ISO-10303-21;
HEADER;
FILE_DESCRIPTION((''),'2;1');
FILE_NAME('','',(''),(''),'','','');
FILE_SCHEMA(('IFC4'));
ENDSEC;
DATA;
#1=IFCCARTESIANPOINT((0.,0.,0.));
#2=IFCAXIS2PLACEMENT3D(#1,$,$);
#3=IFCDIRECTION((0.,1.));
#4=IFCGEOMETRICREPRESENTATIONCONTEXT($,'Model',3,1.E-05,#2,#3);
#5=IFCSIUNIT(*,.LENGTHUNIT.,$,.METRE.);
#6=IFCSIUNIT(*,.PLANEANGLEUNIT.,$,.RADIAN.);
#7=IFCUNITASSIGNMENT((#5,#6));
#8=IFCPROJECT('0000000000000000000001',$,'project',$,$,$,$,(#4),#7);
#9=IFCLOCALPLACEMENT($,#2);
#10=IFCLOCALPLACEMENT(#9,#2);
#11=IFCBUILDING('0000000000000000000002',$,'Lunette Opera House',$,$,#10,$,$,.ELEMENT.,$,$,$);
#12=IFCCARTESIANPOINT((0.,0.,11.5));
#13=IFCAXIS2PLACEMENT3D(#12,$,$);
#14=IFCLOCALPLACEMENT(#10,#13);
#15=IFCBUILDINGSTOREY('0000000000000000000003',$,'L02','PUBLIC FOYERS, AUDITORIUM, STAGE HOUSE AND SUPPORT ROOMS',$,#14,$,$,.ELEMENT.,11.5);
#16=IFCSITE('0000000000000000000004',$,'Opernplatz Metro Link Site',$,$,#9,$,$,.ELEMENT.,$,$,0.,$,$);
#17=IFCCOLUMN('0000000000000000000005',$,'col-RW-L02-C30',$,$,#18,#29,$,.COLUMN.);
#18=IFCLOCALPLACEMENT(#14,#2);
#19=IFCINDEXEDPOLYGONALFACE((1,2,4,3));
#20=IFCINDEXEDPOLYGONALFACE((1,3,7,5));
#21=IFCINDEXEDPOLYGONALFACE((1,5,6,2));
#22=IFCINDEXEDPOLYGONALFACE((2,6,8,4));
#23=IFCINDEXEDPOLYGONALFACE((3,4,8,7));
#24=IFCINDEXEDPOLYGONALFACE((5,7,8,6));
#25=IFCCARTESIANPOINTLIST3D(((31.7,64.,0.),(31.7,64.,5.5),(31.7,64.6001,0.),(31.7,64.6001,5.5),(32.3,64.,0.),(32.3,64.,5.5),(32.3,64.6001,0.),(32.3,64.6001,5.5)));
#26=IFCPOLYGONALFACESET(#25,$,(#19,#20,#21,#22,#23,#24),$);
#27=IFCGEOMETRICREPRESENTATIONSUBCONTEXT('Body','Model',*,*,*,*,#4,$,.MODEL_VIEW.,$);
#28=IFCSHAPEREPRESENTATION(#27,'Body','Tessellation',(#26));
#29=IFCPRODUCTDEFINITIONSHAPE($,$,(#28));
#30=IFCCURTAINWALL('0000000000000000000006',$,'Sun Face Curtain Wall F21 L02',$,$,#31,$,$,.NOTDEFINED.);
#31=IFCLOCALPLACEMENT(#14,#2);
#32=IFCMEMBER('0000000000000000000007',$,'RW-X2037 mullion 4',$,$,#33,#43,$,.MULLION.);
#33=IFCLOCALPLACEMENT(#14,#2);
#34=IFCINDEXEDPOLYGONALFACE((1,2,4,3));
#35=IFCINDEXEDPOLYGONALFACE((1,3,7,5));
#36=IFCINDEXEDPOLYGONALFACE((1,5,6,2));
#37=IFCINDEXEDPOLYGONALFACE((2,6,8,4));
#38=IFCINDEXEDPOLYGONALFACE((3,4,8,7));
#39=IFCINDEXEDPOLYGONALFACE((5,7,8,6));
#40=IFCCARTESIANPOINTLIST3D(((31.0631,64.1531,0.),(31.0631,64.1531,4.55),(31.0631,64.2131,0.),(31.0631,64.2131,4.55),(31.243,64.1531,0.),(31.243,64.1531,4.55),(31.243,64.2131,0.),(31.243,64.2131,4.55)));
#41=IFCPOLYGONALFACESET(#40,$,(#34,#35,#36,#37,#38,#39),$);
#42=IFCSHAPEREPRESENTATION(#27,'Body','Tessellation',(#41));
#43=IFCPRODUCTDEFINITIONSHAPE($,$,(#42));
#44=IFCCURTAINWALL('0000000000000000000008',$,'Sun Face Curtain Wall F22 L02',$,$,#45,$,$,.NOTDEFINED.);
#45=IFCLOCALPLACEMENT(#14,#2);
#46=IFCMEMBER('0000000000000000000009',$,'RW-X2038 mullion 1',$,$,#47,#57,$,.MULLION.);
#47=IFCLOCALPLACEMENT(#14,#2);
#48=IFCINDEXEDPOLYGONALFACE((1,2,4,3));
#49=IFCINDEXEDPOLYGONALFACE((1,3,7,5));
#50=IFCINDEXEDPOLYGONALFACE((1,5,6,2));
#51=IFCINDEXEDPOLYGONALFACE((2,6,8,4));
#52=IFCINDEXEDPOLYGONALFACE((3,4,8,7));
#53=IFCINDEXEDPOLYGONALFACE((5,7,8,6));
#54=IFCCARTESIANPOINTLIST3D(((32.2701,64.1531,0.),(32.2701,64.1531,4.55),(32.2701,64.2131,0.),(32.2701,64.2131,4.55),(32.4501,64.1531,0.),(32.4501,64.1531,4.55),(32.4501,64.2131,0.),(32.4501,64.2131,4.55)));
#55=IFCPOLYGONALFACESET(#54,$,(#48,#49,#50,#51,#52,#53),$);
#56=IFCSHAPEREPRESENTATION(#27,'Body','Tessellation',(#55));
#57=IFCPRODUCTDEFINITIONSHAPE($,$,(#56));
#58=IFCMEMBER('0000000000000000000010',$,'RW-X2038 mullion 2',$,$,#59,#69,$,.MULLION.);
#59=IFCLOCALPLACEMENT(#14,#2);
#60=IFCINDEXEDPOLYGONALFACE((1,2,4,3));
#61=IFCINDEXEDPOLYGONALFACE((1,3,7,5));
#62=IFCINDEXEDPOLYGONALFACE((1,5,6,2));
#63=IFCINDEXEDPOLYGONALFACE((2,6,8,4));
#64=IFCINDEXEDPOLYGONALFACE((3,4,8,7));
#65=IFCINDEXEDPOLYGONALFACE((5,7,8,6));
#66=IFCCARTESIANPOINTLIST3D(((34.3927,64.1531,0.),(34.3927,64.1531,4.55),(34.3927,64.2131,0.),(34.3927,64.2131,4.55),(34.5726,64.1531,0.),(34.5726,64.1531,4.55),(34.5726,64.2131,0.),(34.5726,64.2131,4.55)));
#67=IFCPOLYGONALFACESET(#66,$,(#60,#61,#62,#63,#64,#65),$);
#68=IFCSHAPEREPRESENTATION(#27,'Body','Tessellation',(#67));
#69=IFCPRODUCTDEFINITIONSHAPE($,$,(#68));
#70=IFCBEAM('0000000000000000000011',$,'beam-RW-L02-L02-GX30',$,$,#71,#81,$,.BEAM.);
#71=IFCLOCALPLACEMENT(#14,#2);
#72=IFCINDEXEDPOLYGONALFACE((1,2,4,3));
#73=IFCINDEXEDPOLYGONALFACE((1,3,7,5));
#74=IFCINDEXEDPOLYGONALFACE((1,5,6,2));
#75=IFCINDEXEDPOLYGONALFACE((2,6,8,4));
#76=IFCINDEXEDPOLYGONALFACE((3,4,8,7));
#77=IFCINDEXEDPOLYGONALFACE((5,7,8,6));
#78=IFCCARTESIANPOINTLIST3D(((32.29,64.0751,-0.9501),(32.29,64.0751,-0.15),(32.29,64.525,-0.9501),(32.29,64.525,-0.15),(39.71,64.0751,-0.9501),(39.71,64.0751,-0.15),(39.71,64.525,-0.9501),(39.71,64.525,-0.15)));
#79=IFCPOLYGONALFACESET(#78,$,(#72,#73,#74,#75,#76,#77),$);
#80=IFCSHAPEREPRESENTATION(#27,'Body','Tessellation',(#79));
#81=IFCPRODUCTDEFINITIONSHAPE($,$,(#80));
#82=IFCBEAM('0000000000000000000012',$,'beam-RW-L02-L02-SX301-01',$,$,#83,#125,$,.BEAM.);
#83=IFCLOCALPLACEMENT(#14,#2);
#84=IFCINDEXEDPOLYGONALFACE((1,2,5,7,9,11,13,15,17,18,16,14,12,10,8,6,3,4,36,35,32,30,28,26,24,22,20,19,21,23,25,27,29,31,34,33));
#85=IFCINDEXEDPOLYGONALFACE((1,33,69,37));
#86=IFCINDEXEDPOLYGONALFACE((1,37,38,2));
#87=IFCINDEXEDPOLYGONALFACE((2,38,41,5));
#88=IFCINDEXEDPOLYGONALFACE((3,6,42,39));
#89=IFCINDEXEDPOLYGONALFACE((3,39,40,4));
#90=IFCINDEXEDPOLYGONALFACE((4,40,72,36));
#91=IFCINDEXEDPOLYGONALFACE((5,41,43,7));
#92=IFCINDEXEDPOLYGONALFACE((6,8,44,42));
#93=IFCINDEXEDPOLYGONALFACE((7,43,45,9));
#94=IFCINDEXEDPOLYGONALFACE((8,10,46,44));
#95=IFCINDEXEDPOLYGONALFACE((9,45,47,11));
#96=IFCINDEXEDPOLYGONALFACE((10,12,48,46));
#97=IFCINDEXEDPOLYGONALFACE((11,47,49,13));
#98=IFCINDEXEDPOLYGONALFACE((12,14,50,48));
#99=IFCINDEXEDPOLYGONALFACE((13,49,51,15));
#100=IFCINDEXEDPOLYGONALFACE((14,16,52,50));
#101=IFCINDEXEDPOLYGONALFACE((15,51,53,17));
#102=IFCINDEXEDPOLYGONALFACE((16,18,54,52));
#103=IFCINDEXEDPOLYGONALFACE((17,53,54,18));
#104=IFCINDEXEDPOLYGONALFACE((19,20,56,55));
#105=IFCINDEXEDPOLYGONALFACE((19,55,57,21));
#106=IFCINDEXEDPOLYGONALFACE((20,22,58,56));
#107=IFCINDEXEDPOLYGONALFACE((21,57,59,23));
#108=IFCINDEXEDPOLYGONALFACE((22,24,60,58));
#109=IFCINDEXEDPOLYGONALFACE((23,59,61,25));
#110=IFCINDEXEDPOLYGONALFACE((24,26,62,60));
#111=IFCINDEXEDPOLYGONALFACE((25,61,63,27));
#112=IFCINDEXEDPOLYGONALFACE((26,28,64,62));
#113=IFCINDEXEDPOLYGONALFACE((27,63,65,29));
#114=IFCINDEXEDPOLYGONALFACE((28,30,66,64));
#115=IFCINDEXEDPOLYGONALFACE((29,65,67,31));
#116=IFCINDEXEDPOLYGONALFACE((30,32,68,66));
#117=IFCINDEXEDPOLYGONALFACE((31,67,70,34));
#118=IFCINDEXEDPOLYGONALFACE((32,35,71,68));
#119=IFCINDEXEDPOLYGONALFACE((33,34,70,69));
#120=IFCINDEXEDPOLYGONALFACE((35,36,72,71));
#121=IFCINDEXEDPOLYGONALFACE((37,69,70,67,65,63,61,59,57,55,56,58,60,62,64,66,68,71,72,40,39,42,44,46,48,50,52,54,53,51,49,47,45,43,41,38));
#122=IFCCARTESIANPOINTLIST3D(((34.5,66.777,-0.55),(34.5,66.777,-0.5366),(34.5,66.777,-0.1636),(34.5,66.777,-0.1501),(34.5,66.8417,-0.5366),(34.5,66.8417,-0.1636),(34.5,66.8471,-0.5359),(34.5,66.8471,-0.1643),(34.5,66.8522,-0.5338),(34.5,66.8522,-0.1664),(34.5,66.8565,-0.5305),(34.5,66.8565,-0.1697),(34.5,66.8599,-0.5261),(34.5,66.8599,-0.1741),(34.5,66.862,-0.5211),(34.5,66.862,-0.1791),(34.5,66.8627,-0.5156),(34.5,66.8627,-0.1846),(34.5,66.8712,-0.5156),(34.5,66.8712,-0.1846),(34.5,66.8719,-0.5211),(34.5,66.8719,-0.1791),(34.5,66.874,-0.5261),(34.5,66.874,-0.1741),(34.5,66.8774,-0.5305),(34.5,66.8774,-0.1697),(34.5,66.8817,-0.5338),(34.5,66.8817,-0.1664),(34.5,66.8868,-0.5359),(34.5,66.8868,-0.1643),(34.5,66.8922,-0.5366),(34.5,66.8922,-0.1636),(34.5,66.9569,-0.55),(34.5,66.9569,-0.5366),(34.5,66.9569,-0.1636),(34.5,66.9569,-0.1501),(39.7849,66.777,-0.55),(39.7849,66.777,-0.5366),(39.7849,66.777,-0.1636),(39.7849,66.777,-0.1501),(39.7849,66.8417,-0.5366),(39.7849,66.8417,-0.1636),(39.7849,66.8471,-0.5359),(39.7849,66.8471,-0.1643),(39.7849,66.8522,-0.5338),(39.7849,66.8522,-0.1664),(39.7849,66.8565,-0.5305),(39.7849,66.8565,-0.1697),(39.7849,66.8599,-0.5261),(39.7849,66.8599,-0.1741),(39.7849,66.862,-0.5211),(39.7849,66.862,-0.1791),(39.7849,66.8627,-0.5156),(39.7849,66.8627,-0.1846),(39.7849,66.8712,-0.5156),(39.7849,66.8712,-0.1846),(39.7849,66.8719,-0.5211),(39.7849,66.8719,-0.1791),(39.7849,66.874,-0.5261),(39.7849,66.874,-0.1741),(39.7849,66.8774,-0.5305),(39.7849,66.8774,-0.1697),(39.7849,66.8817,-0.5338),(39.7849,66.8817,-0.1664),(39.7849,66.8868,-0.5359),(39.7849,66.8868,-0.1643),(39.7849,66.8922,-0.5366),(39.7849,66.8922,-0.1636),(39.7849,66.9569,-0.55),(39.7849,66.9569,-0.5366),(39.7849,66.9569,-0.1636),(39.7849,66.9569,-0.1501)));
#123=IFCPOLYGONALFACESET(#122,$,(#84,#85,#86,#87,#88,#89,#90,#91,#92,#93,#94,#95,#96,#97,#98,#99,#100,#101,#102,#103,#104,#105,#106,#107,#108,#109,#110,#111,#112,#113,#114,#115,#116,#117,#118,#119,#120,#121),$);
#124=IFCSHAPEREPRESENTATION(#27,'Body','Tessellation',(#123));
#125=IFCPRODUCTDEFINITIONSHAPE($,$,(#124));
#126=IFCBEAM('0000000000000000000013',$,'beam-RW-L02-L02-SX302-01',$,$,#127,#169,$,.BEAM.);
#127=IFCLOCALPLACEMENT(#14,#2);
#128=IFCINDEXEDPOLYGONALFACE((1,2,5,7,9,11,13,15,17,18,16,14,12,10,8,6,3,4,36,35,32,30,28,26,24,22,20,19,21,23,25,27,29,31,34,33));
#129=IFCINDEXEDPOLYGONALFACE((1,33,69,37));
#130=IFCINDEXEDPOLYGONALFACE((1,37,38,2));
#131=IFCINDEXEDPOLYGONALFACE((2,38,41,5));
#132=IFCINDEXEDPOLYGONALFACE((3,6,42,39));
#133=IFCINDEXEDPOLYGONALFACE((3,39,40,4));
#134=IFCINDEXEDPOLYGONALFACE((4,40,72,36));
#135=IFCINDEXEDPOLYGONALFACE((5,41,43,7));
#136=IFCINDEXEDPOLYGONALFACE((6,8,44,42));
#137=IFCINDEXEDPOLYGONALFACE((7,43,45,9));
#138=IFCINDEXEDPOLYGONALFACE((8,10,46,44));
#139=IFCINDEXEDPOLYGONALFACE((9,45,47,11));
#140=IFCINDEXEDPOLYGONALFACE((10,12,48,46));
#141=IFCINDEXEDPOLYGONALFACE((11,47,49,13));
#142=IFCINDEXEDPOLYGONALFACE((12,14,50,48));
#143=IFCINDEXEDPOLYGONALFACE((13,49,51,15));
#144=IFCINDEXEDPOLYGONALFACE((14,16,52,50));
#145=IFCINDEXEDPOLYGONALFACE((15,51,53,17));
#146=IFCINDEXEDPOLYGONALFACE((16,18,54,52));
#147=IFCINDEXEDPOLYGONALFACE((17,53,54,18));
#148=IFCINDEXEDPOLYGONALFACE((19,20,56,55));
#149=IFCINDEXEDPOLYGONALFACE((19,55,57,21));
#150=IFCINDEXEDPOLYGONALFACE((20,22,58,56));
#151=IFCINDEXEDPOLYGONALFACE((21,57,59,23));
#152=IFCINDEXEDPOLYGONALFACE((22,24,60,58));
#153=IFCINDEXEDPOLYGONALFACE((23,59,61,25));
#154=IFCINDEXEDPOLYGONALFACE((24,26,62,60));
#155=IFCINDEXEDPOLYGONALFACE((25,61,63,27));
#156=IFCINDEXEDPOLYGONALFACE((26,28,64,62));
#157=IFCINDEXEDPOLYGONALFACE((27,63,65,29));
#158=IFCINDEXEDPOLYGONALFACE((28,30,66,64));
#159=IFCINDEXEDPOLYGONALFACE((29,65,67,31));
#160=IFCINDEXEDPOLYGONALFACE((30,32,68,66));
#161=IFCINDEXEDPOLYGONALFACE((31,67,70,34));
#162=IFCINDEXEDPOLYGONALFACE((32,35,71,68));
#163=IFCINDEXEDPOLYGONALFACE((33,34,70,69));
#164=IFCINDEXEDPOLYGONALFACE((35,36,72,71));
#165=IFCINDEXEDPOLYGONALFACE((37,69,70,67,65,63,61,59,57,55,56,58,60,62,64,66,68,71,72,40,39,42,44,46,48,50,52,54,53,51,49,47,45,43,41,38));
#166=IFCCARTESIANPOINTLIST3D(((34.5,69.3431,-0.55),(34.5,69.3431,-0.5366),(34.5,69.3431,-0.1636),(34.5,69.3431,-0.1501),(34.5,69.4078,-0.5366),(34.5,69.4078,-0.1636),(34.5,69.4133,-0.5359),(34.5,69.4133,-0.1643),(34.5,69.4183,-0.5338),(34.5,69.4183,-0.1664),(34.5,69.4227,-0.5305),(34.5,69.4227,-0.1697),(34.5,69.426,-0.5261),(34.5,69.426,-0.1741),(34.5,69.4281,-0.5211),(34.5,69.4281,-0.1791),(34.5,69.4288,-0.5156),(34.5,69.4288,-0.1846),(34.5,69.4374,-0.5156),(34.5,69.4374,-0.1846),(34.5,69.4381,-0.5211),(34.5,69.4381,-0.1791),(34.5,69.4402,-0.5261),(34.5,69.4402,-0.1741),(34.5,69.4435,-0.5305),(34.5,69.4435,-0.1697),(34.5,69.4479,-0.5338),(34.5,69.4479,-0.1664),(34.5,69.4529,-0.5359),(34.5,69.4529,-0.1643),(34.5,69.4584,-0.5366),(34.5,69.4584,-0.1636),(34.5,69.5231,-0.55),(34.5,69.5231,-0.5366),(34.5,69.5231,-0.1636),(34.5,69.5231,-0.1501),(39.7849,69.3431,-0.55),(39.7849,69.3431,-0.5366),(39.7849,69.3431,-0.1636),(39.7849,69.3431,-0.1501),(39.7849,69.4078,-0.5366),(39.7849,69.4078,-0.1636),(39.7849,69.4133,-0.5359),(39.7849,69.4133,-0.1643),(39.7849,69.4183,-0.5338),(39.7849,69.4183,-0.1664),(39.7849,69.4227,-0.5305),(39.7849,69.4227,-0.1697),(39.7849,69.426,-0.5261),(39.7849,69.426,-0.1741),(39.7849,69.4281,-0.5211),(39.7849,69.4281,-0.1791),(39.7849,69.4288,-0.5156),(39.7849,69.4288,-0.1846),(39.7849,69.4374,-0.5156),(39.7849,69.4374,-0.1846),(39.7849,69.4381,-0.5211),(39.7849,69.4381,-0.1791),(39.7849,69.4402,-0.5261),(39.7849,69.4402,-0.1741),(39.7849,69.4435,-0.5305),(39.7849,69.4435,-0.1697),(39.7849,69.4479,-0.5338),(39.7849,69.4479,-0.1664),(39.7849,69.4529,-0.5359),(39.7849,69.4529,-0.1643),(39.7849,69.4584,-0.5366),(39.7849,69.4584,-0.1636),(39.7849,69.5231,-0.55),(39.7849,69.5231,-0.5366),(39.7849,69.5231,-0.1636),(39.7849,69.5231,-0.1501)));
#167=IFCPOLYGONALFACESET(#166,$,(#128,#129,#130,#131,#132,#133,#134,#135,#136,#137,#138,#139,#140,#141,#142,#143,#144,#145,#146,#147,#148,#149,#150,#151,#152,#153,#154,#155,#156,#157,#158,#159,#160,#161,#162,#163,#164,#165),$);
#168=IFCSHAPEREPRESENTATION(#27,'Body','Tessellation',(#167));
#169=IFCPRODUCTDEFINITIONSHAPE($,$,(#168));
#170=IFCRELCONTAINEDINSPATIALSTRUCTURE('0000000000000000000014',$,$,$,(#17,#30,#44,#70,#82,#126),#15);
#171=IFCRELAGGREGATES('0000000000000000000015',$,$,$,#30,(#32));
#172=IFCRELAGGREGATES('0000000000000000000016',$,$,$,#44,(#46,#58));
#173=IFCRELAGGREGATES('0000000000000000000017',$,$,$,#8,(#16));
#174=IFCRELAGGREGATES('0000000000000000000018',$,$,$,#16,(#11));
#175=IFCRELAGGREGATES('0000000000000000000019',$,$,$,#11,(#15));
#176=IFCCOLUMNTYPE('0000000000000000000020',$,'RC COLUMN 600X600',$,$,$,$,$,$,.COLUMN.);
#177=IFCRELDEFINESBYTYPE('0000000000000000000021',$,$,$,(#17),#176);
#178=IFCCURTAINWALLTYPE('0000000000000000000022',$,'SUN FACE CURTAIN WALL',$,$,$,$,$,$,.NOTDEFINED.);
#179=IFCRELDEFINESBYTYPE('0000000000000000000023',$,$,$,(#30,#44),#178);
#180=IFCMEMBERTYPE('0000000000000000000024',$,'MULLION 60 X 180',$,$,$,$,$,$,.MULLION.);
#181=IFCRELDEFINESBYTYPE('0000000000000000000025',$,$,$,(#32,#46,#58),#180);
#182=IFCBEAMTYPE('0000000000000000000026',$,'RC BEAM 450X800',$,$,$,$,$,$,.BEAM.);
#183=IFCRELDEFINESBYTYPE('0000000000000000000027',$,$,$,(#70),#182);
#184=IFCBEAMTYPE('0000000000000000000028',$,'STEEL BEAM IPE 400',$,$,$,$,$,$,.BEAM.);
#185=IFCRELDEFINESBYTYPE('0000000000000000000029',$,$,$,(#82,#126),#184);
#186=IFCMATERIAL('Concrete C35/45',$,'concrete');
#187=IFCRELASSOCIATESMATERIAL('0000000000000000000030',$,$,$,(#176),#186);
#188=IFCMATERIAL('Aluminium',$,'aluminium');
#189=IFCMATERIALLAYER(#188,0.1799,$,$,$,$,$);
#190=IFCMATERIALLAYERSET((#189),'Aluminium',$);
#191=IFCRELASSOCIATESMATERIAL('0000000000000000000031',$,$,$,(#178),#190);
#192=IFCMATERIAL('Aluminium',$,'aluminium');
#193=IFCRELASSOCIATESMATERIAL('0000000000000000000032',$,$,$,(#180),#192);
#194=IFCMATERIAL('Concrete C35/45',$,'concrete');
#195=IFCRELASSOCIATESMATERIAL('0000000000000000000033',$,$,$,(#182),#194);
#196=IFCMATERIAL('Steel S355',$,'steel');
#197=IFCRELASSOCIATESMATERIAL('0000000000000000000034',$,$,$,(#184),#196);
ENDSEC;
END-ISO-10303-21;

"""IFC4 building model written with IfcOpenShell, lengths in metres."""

from ifc_helpers import new_model, si_unit, direction, frame, origin, origin_2d, place, context, subcontext, project, spatial, rectangle, i_section, extrude, material, layer, layer_set, material_profile, profile_set, type_object, element, aggregate, save


model = new_model("IFC4")

# Units and contexts
model_context = context("Model", 3, precision=1e-05, world=origin(), true_north=direction((0.0, 1.0)))
body_context = subcontext(model_context, "Body", "Model", "MODEL_VIEW")
ifc_project = project(units=[si_unit("LENGTHUNIT", "METRE"), si_unit("PLANEANGLEUNIT", "RADIAN")], contexts=[model_context])

# Site, building, storey
site_placement = place(None, origin())
site = spatial("IfcSite", under=ifc_project, at=site_placement, Name="Opernplatz Metro Link Site", CompositionType="ELEMENT", RefElevation=0.0)
building_placement = place(site_placement, origin())
building = spatial("IfcBuilding", under=site, at=building_placement, Name="Lunette Opera House", CompositionType="ELEMENT")
storey_placement = place(building_placement, frame((0.0, 0.0, 11.5)))
storey = spatial("IfcBuildingStorey", under=building, at=storey_placement, Name="L02", Description="PUBLIC FOYERS, AUDITORIUM, STAGE HOUSE AND SUPPORT ROOMS", CompositionType="ELEMENT", Elevation=11.5)

# Column
ifc_material_1 = material(Name="Concrete C35/45", Category="concrete")
ifc_material_profile_1 = material_profile(ifc_material_1, rectangle(XDim=0.6001, YDim=0.6001, at=origin_2d()), Name="RC COLUMN 600X600")
ifc_profile_set_1 = profile_set([ifc_material_profile_1], Name="Concrete C35/45")
column_type = type_object("IfcColumnType", Name="RC COLUMN 600X600", PredefinedType="COLUMN", material=ifc_profile_set_1)
column_placement = place(storey_placement, frame((32.0, 64.3, 0.0), z_axis=(0.0, 0.0, 1.0), x_axis=(1.0, 0.0, 0.0)))
element("IfcColumn", 1, at=column_placement, inside=storey, type_object=column_type, Name="col-RW-L02-C30", PredefinedType="COLUMN", context=body_context, shape_type="SweptSolid", body=[
    extrude(rectangle(XDim=0.6001, YDim=0.6001, at=origin_2d()), origin(), (0.0, 0.0, 1.0), 5.5),
])

# Curtain wall, member
ifc_material_2 = material(Name="Aluminium", Category="aluminium")
ifc_layer_1 = layer(ifc_material_2, 0.1799)
ifc_layer_set_1 = layer_set([ifc_layer_1], Name="Aluminium")
curtain_wall_type = type_object("IfcCurtainWallType", Name="SUN FACE CURTAIN WALL", PredefinedType="NOTDEFINED", material=ifc_layer_set_1)
curtain_wall_1_placement = place(storey_placement, origin())
curtain_wall_1 = element("IfcCurtainWall", 2, at=curtain_wall_1_placement, inside=storey, type_object=curtain_wall_type, Name="Sun Face Curtain Wall F21 L02", PredefinedType="NOTDEFINED")
ifc_material_3 = material(Name="Aluminium", Category="aluminium")
ifc_material_profile_2 = material_profile(ifc_material_3, rectangle(XDim=0.0601, YDim=0.1799, at=origin_2d()), Name="MULLION 60 X 180")
ifc_profile_set_2 = profile_set([ifc_material_profile_2], Name="Aluminium")
member_type_1 = type_object("IfcMemberType", Name="MULLION 60 X 180", PredefinedType="MULLION", material=ifc_profile_set_2)
member_1_placement = place(storey_placement, frame((31.1531, 64.1831, 0.0), z_axis=(0.0, 0.0, 1.0), x_axis=(0.0, 1.0, 0.0)))
member_1 = element("IfcMember", 3, at=member_1_placement, type_object=member_type_1, Name="RW-X2037 mullion 4", PredefinedType="MULLION", context=body_context, shape_type="SweptSolid", body=[
    extrude(rectangle(XDim=0.0601, YDim=0.1799, at=origin_2d()), origin(), (0.0, 0.0, 1.0), 4.55),
])

# Curtain wall, members
curtain_wall_2_placement = place(storey_placement, origin())
curtain_wall_2 = element("IfcCurtainWall", 4, at=curtain_wall_2_placement, inside=storey, type_object=curtain_wall_type, Name="Sun Face Curtain Wall F22 L02", PredefinedType="NOTDEFINED")
member_2_placement = place(storey_placement, frame((32.3601, 64.1831, 0.0), z_axis=(0.0, 0.0, 1.0), x_axis=(0.0, 1.0, 0.0)))
member_2 = element("IfcMember", 5, at=member_2_placement, type_object=member_type_1, Name="RW-X2038 mullion 1", PredefinedType="MULLION", context=body_context, shape_type="SweptSolid", body=[
    extrude(rectangle(XDim=0.0601, YDim=0.1799, at=origin_2d()), origin(), (0.0, 0.0, 1.0), 4.55),
])
member_3_placement = place(storey_placement, frame((34.4827, 64.1831, 0.0), z_axis=(0.0, 0.0, 1.0), x_axis=(0.0, 1.0, 0.0)))
member_3 = element("IfcMember", 6, at=member_3_placement, type_object=member_type_1, Name="RW-X2038 mullion 2", PredefinedType="MULLION", context=body_context, shape_type="SweptSolid", body=[
    extrude(rectangle(XDim=0.0601, YDim=0.1799, at=origin_2d()), origin(), (0.0, 0.0, 1.0), 4.55),
])

# Beams
ifc_material_4 = material(Name="Concrete C35/45", Category="concrete")
ifc_material_profile_3 = material_profile(ifc_material_4, rectangle(XDim=0.45, YDim=0.8, at=origin_2d()), Name="RC BEAM 450X800")
ifc_profile_set_3 = profile_set([ifc_material_profile_3], Name="Concrete C35/45")
beam_type_1 = type_object("IfcBeamType", Name="RC BEAM 450X800", PredefinedType="BEAM", material=ifc_profile_set_3)
beam_1_placement = place(storey_placement, frame((32.29, 64.3, -0.55), z_axis=(1.0, 0.0, 0.0), x_axis=(0.0, 1.0, 0.0)))
element("IfcBeam", 7, at=beam_1_placement, inside=storey, type_object=beam_type_1, Name="beam-RW-L02-L02-GX30", PredefinedType="BEAM", context=body_context, shape_type="SweptSolid", body=[
    extrude(rectangle(XDim=0.45, YDim=0.8, at=origin_2d()), origin(), (0.0, 0.0, 1.0), 7.4199),
])
ifc_material_5 = material(Name="Steel S355", Category="steel")
ifc_material_profile_4 = material_profile(ifc_material_5, i_section(OverallWidth=0.1799, OverallDepth=0.3999, WebThickness=0.0085, FlangeThickness=0.0134, FilletRadius=0.021, at=origin_2d()), Name="IPE 400")
ifc_profile_set_4 = profile_set([ifc_material_profile_4], Name="Steel S355")
beam_type_2 = type_object("IfcBeamType", Name="STEEL BEAM IPE 400", PredefinedType="BEAM", material=ifc_profile_set_4)
for number, where, z_axis, x_axis, name in (
    (8, (34.5, 66.8669, -0.3501), (1.0, 0.0, 0.0), (0.0, 1.0, 0.0), "beam-RW-L02-L02-SX301-01"),
    (9, (34.5, 69.4331, -0.3501), (1.0, 0.0, 0.0), (0.0, 1.0, 0.0), "beam-RW-L02-L02-SX302-01"),
):
    element("IfcBeam", number, at=place(storey_placement, frame(where, z_axis=z_axis, x_axis=x_axis)), inside=storey, type_object=beam_type_2, Name=name, PredefinedType="BEAM", context=body_context, shape_type="SweptSolid", body=[
        extrude(i_section(OverallWidth=0.1799, OverallDepth=0.3999, WebThickness=0.0085, FlangeThickness=0.0134, FilletRadius=0.021, at=origin_2d()), origin(), (0.0, 0.0, 1.0), 5.2849),
    ])

aggregate(curtain_wall_1, [member_1])
aggregate(curtain_wall_2, [member_2, member_3])

save(model, "model.ifc")
